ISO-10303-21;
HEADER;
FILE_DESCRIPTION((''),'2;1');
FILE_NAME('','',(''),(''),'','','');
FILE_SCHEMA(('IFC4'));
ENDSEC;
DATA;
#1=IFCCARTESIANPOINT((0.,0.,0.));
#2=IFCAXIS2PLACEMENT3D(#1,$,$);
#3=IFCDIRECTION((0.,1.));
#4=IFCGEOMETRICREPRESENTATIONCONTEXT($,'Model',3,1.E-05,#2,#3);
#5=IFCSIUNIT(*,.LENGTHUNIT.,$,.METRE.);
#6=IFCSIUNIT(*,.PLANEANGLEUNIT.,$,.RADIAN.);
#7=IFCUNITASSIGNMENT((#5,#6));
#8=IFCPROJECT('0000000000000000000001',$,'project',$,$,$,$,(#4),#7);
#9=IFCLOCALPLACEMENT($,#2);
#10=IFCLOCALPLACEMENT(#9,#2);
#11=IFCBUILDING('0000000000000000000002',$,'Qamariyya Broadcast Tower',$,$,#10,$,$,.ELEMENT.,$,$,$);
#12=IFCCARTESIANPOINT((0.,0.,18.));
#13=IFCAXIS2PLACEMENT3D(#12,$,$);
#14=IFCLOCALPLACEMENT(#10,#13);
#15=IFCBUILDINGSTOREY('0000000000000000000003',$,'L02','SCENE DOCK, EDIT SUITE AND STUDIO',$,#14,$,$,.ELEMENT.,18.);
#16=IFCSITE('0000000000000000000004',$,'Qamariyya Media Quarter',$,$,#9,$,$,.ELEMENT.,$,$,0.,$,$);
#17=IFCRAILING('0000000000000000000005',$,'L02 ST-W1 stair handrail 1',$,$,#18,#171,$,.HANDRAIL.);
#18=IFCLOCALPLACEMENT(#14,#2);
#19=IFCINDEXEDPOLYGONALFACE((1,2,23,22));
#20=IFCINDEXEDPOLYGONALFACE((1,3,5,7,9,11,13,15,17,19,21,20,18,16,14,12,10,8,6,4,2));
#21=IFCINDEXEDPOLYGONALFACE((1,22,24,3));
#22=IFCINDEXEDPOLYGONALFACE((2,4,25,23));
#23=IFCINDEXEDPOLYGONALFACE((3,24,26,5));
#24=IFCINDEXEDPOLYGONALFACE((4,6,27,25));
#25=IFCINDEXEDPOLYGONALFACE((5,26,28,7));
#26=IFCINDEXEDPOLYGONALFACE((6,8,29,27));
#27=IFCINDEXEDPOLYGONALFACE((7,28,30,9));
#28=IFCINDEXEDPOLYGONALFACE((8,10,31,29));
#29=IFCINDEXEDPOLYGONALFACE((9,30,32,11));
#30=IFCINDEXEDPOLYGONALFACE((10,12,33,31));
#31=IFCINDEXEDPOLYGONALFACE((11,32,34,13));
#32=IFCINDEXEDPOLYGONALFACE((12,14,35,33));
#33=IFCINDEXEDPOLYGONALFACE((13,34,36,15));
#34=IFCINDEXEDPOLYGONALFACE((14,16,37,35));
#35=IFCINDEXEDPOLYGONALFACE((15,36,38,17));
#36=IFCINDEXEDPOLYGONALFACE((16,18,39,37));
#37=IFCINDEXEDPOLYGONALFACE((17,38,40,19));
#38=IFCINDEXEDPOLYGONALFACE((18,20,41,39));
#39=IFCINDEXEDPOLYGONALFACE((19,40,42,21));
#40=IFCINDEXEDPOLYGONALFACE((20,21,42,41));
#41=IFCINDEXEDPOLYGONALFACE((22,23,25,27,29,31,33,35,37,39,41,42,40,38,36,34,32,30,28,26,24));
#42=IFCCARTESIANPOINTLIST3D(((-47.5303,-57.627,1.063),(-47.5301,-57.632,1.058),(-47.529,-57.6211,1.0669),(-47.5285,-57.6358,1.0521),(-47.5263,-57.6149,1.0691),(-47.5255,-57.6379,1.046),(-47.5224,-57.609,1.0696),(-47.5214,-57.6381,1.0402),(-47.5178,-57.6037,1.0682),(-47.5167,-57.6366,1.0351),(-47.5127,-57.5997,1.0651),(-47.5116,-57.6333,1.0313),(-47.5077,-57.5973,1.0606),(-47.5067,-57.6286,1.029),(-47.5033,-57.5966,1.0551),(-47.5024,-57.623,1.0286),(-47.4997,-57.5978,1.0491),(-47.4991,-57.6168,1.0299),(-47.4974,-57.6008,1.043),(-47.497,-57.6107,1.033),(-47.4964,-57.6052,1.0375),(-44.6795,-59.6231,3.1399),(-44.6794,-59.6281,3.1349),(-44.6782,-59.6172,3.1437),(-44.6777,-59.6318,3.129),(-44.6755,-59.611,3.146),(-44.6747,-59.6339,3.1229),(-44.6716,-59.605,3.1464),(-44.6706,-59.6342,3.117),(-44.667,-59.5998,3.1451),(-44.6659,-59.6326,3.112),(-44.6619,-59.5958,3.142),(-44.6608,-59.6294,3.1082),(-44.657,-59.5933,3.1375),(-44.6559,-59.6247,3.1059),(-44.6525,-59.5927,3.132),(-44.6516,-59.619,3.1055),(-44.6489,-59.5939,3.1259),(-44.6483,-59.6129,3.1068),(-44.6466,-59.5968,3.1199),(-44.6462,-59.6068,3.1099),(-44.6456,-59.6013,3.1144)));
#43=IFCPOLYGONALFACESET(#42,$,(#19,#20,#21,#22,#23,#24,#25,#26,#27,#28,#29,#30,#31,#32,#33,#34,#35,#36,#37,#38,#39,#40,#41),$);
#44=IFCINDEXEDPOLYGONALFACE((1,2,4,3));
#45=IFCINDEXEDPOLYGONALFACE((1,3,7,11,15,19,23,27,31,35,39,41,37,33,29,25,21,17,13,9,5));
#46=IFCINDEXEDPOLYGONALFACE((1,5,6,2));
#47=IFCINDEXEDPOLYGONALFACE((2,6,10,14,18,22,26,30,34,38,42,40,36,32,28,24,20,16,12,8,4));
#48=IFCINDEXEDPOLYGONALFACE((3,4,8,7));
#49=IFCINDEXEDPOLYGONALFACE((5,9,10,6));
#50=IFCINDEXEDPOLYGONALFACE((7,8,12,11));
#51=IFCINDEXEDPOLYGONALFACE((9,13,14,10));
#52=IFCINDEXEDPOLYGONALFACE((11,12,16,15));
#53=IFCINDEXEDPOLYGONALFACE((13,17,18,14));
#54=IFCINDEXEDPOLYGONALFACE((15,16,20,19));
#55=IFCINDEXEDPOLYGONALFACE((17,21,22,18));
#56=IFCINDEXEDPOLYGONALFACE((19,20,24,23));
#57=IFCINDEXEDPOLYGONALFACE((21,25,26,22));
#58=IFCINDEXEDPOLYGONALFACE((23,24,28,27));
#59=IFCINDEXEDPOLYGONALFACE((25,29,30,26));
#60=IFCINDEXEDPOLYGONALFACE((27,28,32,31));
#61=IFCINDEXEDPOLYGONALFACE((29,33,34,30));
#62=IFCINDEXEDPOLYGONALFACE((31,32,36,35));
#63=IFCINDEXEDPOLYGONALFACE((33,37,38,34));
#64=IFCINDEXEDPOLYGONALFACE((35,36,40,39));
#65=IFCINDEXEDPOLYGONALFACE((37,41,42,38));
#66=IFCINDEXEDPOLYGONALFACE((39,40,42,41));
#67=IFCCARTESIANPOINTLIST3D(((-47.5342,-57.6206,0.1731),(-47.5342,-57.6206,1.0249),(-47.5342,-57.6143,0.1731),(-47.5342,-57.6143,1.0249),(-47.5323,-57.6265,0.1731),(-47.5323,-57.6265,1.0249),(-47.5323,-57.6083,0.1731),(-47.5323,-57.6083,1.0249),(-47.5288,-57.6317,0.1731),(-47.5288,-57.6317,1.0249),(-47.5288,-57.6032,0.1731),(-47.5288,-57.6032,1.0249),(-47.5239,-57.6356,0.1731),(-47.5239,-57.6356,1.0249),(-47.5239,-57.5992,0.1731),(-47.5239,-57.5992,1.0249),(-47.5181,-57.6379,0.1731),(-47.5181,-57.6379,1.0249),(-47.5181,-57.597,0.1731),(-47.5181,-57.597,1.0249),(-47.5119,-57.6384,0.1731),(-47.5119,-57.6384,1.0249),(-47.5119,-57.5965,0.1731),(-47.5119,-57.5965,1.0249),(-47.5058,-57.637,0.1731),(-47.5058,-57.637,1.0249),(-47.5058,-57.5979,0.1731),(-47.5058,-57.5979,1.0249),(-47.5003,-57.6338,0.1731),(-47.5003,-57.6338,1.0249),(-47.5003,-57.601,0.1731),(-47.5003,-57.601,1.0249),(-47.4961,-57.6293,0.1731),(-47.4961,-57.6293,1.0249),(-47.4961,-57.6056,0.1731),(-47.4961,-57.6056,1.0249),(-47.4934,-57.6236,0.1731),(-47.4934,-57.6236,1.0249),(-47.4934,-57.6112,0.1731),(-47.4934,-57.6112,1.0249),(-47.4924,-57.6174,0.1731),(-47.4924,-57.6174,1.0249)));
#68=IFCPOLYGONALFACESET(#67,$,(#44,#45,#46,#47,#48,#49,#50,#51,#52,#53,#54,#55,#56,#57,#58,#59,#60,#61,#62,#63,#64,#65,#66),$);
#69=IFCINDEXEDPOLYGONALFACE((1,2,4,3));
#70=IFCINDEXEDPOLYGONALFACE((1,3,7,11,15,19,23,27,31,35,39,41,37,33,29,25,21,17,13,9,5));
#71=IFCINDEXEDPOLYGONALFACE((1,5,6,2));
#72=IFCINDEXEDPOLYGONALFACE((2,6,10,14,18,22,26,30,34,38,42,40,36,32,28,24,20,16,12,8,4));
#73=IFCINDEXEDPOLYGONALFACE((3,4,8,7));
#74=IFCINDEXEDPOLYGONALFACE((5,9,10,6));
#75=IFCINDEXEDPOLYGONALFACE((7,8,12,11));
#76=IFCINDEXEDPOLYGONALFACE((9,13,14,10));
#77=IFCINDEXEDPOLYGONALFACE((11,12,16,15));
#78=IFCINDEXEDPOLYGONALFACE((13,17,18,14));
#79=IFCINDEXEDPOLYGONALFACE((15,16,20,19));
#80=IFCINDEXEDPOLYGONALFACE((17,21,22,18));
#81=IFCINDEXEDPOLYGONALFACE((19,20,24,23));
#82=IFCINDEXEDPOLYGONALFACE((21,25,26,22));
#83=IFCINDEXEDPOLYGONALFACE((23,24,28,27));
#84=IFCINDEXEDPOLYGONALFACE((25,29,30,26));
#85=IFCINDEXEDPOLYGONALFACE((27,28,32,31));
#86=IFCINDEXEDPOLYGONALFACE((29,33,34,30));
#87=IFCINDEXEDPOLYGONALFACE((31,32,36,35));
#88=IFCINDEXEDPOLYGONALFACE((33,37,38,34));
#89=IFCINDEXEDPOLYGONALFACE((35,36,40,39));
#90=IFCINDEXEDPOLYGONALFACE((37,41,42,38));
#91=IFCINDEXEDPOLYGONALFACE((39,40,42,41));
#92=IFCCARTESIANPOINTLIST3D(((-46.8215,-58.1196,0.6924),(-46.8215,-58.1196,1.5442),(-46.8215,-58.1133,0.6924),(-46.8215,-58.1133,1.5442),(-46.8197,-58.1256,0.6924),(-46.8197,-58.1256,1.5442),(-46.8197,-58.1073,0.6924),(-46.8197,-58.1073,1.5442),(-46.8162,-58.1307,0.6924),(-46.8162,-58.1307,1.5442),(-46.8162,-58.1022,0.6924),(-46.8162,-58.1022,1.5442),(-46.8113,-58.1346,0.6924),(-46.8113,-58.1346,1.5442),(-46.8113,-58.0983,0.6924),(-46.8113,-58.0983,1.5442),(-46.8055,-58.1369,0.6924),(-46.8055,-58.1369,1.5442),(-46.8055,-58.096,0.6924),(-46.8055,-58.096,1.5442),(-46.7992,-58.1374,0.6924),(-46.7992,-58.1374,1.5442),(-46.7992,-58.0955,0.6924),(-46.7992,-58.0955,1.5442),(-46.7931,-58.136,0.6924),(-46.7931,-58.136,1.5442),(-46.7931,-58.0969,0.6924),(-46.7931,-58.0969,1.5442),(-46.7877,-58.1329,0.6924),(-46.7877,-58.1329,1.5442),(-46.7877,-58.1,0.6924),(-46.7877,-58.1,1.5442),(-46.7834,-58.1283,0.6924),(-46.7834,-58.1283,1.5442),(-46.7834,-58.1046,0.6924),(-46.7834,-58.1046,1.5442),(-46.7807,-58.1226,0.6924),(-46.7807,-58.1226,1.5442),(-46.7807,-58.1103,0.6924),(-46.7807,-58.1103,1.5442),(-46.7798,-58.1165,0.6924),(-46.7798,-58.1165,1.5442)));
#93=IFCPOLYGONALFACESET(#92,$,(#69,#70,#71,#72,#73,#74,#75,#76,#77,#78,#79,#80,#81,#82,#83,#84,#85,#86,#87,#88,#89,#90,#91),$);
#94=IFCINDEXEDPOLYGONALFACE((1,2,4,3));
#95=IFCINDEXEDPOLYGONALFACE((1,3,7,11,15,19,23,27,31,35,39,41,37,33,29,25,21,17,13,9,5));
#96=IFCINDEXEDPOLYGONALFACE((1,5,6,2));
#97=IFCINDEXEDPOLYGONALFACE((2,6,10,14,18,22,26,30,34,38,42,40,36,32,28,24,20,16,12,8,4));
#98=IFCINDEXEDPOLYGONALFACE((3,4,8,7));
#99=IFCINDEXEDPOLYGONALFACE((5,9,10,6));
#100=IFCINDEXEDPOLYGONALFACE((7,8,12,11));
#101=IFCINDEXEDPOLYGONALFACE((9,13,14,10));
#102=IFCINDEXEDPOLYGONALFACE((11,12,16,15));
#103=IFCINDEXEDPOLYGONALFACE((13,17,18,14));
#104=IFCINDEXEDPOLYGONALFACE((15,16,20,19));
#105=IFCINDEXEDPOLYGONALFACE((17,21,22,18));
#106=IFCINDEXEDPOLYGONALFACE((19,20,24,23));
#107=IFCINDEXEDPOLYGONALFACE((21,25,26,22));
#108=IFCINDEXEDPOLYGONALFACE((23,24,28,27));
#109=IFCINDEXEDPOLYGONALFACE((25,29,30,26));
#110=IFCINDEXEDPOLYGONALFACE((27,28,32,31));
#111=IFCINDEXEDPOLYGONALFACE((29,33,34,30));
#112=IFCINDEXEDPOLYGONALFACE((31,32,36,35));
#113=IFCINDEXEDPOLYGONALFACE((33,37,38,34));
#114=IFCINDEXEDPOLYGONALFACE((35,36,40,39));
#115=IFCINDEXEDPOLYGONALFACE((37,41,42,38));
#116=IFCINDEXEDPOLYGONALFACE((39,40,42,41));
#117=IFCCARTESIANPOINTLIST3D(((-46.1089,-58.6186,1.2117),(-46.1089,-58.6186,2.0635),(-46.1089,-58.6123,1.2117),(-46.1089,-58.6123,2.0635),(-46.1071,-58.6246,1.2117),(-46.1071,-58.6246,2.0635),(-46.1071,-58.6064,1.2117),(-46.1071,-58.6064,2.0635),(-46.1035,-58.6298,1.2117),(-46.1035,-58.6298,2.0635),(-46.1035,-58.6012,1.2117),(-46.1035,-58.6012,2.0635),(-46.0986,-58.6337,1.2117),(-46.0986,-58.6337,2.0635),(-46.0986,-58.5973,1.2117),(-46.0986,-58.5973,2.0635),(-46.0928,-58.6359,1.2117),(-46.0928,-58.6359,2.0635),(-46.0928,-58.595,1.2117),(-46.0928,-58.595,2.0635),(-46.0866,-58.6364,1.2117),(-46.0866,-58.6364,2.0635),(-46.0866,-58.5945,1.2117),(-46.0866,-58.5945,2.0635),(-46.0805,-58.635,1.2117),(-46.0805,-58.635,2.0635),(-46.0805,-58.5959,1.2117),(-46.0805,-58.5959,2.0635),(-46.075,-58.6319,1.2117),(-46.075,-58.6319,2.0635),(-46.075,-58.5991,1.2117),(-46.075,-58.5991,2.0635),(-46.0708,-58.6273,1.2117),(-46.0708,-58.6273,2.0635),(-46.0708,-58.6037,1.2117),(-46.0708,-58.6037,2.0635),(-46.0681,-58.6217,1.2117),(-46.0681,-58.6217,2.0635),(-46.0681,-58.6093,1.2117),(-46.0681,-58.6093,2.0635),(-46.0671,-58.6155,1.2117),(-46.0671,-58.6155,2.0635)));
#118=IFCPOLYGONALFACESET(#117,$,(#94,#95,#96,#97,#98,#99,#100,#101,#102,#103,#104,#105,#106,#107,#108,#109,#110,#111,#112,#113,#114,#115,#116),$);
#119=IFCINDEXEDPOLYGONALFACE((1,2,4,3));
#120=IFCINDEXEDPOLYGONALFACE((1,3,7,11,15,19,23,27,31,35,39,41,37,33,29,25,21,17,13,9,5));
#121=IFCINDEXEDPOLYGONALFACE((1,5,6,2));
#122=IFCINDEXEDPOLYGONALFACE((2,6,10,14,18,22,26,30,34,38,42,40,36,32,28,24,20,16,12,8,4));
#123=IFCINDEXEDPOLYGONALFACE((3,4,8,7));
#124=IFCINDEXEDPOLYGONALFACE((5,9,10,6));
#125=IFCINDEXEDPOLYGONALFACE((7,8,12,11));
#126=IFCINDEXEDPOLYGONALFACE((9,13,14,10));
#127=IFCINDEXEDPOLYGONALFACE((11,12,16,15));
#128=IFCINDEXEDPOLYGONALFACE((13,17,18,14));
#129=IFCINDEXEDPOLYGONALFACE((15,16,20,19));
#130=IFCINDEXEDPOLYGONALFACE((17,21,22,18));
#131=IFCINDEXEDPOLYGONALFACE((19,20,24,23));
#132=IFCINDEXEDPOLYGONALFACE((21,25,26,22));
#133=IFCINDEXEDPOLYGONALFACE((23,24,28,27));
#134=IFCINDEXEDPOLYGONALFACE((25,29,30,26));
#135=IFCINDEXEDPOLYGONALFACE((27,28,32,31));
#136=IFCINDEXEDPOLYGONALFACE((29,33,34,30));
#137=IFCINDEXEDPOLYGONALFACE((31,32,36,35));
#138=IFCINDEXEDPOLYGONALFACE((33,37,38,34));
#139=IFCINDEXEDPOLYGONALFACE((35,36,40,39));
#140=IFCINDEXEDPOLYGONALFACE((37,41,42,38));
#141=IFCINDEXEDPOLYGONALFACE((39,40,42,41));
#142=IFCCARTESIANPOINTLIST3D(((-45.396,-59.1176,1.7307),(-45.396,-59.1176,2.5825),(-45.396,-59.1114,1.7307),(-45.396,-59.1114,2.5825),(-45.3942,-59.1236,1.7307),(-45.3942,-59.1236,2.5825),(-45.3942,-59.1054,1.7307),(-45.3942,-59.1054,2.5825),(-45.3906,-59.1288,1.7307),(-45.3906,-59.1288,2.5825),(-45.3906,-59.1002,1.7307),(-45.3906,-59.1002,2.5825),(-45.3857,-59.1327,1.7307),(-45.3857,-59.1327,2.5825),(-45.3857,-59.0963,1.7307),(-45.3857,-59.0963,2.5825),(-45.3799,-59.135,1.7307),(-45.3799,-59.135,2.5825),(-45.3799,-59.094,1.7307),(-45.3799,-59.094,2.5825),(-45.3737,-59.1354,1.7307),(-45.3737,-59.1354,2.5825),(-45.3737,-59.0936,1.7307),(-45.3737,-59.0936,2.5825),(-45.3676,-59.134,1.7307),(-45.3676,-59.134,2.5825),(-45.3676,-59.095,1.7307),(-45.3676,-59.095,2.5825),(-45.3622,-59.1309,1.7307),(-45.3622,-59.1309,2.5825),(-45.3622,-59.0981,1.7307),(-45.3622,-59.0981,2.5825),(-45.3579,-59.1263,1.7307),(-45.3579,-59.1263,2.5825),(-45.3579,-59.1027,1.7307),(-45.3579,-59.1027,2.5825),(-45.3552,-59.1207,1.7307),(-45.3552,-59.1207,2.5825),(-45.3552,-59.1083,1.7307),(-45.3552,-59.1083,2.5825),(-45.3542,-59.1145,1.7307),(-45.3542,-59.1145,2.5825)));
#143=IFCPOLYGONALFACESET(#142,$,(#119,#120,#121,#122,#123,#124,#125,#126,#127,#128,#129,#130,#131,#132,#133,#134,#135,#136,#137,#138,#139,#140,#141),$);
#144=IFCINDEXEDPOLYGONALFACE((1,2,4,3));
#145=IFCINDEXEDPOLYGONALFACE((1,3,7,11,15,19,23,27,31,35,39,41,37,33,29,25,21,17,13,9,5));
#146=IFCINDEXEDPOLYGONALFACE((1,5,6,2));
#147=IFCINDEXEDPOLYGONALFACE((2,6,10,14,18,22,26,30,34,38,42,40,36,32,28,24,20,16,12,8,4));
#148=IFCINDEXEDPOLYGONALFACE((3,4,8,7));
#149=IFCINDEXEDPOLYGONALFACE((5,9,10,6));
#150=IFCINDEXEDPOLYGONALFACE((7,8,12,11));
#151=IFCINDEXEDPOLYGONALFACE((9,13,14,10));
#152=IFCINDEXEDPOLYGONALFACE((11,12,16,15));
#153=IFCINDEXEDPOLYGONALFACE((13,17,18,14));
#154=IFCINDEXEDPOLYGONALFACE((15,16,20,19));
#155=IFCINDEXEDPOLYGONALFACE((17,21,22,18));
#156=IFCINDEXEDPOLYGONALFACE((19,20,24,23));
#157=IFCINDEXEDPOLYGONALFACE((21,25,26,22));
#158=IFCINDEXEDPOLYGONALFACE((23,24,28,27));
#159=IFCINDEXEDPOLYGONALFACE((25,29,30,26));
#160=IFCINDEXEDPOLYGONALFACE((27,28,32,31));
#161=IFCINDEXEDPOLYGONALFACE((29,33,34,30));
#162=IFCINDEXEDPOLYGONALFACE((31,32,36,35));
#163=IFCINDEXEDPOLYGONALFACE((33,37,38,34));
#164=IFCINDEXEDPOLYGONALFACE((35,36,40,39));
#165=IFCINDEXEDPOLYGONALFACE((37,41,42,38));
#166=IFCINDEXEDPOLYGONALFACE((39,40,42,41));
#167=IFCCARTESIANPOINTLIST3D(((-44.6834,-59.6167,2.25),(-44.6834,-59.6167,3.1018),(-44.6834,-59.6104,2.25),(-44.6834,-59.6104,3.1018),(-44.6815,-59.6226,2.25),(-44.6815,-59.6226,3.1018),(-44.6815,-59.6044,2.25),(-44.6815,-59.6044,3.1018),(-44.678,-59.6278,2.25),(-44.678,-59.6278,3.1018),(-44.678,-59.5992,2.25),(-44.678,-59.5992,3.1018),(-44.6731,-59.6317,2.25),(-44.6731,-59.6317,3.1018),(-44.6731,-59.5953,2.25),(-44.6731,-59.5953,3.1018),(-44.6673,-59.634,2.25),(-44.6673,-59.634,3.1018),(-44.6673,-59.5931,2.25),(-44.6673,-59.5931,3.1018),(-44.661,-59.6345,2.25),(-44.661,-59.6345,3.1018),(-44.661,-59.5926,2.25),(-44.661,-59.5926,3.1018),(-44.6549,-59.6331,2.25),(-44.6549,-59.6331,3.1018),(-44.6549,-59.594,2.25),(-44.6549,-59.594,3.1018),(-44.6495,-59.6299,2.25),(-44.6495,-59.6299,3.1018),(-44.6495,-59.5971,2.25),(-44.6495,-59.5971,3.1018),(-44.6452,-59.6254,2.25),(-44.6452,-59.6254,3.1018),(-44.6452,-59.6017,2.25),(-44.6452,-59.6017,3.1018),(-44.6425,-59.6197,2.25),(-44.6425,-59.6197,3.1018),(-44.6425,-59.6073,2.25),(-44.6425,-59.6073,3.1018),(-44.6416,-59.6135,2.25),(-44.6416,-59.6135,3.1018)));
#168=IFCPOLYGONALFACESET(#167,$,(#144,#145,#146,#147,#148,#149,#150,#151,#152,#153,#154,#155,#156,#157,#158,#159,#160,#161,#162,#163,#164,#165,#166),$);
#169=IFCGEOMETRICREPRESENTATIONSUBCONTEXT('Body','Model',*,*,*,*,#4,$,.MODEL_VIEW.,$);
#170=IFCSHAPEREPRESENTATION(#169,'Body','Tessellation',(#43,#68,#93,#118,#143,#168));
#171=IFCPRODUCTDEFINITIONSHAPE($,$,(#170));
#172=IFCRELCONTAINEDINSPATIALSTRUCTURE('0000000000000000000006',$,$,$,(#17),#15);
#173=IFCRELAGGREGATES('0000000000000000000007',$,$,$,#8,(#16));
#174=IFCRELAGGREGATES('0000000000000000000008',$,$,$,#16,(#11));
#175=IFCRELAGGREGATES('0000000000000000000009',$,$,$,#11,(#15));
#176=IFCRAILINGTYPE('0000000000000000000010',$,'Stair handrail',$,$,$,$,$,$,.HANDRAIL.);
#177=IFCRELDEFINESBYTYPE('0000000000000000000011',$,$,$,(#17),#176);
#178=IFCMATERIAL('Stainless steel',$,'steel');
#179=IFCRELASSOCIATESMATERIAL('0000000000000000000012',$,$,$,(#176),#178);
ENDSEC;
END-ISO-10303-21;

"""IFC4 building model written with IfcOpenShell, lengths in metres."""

from ifc_helpers import new_model, si_unit, direction, frame, origin, origin_2d, place, context, subcontext, project, spatial, circle, extrude, material, type_object, element, save


model = new_model("IFC4")

# Units and contexts
model_context = context("Model", 3, precision=1e-05, world=origin(), true_north=direction((0.0, 1.0)))
body_context = subcontext(model_context, "Body", "Model", "MODEL_VIEW")
ifc_project = project(units=[si_unit("LENGTHUNIT", "METRE"), si_unit("PLANEANGLEUNIT", "RADIAN")], contexts=[model_context])

# Site, building, storey
site_placement = place(None, origin())
site = spatial("IfcSite", under=ifc_project, at=site_placement, Name="Qamariyya Media Quarter", CompositionType="ELEMENT", RefElevation=0.0)
building_placement = place(site_placement, origin())
building = spatial("IfcBuilding", under=site, at=building_placement, Name="Qamariyya Broadcast Tower", CompositionType="ELEMENT")
storey_placement = place(building_placement, frame((0.0, 0.0, 18.0)))
storey = spatial("IfcBuildingStorey", under=building, at=storey_placement, Name="L02", Description="SCENE DOCK, EDIT SUITE AND STUDIO", CompositionType="ELEMENT", Elevation=18.0)

# Railing
ifc_material_1 = material(Name="Stainless steel", Category="steel")
railing_type_1 = type_object("IfcRailingType", Name="Stair handrail", PredefinedType="HANDRAIL", material=ifc_material_1)
for number, where, name in (
    (1, (-47.5134, -57.6174, 0.1731), "L02 ST-W1 stair handrail 1"),
):
    element("IfcRailing", number, at=place(storey_placement, frame(where)), inside=storey, type_object=railing_type_1, Name=name, PredefinedType="HANDRAIL", context=body_context, shape_type="SweptSolid", body=[
        extrude(circle(Radius=0.0239, at=origin_2d()), frame((0.0, 0.0, 0.876), z_axis=(0.703423, -0.492523, 0.512462), x_axis=(0.573561, 0.819163, 0.0)), (0.0, 0.0, 1.0), 4.0527),
        extrude(circle(Radius=0.021, at=origin_2d()), origin(), (0.0, 0.0, 1.0), 0.8518),
        extrude(circle(Radius=0.021, at=origin_2d()), frame((0.7126, -0.499, 0.5193)), (0.0, 0.0, 1.0), 0.8518),
        extrude(circle(Radius=0.021, at=origin_2d()), frame((1.4253, -0.998, 1.0386)), (0.0, 0.0, 1.0), 0.8518),
        extrude(circle(Radius=0.021, at=origin_2d()), frame((2.1382, -1.4971, 1.5576)), (0.0, 0.0, 1.0), 0.8518),
        extrude(circle(Radius=0.021, at=origin_2d()), frame((2.8508, -1.9961, 2.0769)), (0.0, 0.0, 1.0), 0.8518),
    ])

save(model, "model.ifc")
